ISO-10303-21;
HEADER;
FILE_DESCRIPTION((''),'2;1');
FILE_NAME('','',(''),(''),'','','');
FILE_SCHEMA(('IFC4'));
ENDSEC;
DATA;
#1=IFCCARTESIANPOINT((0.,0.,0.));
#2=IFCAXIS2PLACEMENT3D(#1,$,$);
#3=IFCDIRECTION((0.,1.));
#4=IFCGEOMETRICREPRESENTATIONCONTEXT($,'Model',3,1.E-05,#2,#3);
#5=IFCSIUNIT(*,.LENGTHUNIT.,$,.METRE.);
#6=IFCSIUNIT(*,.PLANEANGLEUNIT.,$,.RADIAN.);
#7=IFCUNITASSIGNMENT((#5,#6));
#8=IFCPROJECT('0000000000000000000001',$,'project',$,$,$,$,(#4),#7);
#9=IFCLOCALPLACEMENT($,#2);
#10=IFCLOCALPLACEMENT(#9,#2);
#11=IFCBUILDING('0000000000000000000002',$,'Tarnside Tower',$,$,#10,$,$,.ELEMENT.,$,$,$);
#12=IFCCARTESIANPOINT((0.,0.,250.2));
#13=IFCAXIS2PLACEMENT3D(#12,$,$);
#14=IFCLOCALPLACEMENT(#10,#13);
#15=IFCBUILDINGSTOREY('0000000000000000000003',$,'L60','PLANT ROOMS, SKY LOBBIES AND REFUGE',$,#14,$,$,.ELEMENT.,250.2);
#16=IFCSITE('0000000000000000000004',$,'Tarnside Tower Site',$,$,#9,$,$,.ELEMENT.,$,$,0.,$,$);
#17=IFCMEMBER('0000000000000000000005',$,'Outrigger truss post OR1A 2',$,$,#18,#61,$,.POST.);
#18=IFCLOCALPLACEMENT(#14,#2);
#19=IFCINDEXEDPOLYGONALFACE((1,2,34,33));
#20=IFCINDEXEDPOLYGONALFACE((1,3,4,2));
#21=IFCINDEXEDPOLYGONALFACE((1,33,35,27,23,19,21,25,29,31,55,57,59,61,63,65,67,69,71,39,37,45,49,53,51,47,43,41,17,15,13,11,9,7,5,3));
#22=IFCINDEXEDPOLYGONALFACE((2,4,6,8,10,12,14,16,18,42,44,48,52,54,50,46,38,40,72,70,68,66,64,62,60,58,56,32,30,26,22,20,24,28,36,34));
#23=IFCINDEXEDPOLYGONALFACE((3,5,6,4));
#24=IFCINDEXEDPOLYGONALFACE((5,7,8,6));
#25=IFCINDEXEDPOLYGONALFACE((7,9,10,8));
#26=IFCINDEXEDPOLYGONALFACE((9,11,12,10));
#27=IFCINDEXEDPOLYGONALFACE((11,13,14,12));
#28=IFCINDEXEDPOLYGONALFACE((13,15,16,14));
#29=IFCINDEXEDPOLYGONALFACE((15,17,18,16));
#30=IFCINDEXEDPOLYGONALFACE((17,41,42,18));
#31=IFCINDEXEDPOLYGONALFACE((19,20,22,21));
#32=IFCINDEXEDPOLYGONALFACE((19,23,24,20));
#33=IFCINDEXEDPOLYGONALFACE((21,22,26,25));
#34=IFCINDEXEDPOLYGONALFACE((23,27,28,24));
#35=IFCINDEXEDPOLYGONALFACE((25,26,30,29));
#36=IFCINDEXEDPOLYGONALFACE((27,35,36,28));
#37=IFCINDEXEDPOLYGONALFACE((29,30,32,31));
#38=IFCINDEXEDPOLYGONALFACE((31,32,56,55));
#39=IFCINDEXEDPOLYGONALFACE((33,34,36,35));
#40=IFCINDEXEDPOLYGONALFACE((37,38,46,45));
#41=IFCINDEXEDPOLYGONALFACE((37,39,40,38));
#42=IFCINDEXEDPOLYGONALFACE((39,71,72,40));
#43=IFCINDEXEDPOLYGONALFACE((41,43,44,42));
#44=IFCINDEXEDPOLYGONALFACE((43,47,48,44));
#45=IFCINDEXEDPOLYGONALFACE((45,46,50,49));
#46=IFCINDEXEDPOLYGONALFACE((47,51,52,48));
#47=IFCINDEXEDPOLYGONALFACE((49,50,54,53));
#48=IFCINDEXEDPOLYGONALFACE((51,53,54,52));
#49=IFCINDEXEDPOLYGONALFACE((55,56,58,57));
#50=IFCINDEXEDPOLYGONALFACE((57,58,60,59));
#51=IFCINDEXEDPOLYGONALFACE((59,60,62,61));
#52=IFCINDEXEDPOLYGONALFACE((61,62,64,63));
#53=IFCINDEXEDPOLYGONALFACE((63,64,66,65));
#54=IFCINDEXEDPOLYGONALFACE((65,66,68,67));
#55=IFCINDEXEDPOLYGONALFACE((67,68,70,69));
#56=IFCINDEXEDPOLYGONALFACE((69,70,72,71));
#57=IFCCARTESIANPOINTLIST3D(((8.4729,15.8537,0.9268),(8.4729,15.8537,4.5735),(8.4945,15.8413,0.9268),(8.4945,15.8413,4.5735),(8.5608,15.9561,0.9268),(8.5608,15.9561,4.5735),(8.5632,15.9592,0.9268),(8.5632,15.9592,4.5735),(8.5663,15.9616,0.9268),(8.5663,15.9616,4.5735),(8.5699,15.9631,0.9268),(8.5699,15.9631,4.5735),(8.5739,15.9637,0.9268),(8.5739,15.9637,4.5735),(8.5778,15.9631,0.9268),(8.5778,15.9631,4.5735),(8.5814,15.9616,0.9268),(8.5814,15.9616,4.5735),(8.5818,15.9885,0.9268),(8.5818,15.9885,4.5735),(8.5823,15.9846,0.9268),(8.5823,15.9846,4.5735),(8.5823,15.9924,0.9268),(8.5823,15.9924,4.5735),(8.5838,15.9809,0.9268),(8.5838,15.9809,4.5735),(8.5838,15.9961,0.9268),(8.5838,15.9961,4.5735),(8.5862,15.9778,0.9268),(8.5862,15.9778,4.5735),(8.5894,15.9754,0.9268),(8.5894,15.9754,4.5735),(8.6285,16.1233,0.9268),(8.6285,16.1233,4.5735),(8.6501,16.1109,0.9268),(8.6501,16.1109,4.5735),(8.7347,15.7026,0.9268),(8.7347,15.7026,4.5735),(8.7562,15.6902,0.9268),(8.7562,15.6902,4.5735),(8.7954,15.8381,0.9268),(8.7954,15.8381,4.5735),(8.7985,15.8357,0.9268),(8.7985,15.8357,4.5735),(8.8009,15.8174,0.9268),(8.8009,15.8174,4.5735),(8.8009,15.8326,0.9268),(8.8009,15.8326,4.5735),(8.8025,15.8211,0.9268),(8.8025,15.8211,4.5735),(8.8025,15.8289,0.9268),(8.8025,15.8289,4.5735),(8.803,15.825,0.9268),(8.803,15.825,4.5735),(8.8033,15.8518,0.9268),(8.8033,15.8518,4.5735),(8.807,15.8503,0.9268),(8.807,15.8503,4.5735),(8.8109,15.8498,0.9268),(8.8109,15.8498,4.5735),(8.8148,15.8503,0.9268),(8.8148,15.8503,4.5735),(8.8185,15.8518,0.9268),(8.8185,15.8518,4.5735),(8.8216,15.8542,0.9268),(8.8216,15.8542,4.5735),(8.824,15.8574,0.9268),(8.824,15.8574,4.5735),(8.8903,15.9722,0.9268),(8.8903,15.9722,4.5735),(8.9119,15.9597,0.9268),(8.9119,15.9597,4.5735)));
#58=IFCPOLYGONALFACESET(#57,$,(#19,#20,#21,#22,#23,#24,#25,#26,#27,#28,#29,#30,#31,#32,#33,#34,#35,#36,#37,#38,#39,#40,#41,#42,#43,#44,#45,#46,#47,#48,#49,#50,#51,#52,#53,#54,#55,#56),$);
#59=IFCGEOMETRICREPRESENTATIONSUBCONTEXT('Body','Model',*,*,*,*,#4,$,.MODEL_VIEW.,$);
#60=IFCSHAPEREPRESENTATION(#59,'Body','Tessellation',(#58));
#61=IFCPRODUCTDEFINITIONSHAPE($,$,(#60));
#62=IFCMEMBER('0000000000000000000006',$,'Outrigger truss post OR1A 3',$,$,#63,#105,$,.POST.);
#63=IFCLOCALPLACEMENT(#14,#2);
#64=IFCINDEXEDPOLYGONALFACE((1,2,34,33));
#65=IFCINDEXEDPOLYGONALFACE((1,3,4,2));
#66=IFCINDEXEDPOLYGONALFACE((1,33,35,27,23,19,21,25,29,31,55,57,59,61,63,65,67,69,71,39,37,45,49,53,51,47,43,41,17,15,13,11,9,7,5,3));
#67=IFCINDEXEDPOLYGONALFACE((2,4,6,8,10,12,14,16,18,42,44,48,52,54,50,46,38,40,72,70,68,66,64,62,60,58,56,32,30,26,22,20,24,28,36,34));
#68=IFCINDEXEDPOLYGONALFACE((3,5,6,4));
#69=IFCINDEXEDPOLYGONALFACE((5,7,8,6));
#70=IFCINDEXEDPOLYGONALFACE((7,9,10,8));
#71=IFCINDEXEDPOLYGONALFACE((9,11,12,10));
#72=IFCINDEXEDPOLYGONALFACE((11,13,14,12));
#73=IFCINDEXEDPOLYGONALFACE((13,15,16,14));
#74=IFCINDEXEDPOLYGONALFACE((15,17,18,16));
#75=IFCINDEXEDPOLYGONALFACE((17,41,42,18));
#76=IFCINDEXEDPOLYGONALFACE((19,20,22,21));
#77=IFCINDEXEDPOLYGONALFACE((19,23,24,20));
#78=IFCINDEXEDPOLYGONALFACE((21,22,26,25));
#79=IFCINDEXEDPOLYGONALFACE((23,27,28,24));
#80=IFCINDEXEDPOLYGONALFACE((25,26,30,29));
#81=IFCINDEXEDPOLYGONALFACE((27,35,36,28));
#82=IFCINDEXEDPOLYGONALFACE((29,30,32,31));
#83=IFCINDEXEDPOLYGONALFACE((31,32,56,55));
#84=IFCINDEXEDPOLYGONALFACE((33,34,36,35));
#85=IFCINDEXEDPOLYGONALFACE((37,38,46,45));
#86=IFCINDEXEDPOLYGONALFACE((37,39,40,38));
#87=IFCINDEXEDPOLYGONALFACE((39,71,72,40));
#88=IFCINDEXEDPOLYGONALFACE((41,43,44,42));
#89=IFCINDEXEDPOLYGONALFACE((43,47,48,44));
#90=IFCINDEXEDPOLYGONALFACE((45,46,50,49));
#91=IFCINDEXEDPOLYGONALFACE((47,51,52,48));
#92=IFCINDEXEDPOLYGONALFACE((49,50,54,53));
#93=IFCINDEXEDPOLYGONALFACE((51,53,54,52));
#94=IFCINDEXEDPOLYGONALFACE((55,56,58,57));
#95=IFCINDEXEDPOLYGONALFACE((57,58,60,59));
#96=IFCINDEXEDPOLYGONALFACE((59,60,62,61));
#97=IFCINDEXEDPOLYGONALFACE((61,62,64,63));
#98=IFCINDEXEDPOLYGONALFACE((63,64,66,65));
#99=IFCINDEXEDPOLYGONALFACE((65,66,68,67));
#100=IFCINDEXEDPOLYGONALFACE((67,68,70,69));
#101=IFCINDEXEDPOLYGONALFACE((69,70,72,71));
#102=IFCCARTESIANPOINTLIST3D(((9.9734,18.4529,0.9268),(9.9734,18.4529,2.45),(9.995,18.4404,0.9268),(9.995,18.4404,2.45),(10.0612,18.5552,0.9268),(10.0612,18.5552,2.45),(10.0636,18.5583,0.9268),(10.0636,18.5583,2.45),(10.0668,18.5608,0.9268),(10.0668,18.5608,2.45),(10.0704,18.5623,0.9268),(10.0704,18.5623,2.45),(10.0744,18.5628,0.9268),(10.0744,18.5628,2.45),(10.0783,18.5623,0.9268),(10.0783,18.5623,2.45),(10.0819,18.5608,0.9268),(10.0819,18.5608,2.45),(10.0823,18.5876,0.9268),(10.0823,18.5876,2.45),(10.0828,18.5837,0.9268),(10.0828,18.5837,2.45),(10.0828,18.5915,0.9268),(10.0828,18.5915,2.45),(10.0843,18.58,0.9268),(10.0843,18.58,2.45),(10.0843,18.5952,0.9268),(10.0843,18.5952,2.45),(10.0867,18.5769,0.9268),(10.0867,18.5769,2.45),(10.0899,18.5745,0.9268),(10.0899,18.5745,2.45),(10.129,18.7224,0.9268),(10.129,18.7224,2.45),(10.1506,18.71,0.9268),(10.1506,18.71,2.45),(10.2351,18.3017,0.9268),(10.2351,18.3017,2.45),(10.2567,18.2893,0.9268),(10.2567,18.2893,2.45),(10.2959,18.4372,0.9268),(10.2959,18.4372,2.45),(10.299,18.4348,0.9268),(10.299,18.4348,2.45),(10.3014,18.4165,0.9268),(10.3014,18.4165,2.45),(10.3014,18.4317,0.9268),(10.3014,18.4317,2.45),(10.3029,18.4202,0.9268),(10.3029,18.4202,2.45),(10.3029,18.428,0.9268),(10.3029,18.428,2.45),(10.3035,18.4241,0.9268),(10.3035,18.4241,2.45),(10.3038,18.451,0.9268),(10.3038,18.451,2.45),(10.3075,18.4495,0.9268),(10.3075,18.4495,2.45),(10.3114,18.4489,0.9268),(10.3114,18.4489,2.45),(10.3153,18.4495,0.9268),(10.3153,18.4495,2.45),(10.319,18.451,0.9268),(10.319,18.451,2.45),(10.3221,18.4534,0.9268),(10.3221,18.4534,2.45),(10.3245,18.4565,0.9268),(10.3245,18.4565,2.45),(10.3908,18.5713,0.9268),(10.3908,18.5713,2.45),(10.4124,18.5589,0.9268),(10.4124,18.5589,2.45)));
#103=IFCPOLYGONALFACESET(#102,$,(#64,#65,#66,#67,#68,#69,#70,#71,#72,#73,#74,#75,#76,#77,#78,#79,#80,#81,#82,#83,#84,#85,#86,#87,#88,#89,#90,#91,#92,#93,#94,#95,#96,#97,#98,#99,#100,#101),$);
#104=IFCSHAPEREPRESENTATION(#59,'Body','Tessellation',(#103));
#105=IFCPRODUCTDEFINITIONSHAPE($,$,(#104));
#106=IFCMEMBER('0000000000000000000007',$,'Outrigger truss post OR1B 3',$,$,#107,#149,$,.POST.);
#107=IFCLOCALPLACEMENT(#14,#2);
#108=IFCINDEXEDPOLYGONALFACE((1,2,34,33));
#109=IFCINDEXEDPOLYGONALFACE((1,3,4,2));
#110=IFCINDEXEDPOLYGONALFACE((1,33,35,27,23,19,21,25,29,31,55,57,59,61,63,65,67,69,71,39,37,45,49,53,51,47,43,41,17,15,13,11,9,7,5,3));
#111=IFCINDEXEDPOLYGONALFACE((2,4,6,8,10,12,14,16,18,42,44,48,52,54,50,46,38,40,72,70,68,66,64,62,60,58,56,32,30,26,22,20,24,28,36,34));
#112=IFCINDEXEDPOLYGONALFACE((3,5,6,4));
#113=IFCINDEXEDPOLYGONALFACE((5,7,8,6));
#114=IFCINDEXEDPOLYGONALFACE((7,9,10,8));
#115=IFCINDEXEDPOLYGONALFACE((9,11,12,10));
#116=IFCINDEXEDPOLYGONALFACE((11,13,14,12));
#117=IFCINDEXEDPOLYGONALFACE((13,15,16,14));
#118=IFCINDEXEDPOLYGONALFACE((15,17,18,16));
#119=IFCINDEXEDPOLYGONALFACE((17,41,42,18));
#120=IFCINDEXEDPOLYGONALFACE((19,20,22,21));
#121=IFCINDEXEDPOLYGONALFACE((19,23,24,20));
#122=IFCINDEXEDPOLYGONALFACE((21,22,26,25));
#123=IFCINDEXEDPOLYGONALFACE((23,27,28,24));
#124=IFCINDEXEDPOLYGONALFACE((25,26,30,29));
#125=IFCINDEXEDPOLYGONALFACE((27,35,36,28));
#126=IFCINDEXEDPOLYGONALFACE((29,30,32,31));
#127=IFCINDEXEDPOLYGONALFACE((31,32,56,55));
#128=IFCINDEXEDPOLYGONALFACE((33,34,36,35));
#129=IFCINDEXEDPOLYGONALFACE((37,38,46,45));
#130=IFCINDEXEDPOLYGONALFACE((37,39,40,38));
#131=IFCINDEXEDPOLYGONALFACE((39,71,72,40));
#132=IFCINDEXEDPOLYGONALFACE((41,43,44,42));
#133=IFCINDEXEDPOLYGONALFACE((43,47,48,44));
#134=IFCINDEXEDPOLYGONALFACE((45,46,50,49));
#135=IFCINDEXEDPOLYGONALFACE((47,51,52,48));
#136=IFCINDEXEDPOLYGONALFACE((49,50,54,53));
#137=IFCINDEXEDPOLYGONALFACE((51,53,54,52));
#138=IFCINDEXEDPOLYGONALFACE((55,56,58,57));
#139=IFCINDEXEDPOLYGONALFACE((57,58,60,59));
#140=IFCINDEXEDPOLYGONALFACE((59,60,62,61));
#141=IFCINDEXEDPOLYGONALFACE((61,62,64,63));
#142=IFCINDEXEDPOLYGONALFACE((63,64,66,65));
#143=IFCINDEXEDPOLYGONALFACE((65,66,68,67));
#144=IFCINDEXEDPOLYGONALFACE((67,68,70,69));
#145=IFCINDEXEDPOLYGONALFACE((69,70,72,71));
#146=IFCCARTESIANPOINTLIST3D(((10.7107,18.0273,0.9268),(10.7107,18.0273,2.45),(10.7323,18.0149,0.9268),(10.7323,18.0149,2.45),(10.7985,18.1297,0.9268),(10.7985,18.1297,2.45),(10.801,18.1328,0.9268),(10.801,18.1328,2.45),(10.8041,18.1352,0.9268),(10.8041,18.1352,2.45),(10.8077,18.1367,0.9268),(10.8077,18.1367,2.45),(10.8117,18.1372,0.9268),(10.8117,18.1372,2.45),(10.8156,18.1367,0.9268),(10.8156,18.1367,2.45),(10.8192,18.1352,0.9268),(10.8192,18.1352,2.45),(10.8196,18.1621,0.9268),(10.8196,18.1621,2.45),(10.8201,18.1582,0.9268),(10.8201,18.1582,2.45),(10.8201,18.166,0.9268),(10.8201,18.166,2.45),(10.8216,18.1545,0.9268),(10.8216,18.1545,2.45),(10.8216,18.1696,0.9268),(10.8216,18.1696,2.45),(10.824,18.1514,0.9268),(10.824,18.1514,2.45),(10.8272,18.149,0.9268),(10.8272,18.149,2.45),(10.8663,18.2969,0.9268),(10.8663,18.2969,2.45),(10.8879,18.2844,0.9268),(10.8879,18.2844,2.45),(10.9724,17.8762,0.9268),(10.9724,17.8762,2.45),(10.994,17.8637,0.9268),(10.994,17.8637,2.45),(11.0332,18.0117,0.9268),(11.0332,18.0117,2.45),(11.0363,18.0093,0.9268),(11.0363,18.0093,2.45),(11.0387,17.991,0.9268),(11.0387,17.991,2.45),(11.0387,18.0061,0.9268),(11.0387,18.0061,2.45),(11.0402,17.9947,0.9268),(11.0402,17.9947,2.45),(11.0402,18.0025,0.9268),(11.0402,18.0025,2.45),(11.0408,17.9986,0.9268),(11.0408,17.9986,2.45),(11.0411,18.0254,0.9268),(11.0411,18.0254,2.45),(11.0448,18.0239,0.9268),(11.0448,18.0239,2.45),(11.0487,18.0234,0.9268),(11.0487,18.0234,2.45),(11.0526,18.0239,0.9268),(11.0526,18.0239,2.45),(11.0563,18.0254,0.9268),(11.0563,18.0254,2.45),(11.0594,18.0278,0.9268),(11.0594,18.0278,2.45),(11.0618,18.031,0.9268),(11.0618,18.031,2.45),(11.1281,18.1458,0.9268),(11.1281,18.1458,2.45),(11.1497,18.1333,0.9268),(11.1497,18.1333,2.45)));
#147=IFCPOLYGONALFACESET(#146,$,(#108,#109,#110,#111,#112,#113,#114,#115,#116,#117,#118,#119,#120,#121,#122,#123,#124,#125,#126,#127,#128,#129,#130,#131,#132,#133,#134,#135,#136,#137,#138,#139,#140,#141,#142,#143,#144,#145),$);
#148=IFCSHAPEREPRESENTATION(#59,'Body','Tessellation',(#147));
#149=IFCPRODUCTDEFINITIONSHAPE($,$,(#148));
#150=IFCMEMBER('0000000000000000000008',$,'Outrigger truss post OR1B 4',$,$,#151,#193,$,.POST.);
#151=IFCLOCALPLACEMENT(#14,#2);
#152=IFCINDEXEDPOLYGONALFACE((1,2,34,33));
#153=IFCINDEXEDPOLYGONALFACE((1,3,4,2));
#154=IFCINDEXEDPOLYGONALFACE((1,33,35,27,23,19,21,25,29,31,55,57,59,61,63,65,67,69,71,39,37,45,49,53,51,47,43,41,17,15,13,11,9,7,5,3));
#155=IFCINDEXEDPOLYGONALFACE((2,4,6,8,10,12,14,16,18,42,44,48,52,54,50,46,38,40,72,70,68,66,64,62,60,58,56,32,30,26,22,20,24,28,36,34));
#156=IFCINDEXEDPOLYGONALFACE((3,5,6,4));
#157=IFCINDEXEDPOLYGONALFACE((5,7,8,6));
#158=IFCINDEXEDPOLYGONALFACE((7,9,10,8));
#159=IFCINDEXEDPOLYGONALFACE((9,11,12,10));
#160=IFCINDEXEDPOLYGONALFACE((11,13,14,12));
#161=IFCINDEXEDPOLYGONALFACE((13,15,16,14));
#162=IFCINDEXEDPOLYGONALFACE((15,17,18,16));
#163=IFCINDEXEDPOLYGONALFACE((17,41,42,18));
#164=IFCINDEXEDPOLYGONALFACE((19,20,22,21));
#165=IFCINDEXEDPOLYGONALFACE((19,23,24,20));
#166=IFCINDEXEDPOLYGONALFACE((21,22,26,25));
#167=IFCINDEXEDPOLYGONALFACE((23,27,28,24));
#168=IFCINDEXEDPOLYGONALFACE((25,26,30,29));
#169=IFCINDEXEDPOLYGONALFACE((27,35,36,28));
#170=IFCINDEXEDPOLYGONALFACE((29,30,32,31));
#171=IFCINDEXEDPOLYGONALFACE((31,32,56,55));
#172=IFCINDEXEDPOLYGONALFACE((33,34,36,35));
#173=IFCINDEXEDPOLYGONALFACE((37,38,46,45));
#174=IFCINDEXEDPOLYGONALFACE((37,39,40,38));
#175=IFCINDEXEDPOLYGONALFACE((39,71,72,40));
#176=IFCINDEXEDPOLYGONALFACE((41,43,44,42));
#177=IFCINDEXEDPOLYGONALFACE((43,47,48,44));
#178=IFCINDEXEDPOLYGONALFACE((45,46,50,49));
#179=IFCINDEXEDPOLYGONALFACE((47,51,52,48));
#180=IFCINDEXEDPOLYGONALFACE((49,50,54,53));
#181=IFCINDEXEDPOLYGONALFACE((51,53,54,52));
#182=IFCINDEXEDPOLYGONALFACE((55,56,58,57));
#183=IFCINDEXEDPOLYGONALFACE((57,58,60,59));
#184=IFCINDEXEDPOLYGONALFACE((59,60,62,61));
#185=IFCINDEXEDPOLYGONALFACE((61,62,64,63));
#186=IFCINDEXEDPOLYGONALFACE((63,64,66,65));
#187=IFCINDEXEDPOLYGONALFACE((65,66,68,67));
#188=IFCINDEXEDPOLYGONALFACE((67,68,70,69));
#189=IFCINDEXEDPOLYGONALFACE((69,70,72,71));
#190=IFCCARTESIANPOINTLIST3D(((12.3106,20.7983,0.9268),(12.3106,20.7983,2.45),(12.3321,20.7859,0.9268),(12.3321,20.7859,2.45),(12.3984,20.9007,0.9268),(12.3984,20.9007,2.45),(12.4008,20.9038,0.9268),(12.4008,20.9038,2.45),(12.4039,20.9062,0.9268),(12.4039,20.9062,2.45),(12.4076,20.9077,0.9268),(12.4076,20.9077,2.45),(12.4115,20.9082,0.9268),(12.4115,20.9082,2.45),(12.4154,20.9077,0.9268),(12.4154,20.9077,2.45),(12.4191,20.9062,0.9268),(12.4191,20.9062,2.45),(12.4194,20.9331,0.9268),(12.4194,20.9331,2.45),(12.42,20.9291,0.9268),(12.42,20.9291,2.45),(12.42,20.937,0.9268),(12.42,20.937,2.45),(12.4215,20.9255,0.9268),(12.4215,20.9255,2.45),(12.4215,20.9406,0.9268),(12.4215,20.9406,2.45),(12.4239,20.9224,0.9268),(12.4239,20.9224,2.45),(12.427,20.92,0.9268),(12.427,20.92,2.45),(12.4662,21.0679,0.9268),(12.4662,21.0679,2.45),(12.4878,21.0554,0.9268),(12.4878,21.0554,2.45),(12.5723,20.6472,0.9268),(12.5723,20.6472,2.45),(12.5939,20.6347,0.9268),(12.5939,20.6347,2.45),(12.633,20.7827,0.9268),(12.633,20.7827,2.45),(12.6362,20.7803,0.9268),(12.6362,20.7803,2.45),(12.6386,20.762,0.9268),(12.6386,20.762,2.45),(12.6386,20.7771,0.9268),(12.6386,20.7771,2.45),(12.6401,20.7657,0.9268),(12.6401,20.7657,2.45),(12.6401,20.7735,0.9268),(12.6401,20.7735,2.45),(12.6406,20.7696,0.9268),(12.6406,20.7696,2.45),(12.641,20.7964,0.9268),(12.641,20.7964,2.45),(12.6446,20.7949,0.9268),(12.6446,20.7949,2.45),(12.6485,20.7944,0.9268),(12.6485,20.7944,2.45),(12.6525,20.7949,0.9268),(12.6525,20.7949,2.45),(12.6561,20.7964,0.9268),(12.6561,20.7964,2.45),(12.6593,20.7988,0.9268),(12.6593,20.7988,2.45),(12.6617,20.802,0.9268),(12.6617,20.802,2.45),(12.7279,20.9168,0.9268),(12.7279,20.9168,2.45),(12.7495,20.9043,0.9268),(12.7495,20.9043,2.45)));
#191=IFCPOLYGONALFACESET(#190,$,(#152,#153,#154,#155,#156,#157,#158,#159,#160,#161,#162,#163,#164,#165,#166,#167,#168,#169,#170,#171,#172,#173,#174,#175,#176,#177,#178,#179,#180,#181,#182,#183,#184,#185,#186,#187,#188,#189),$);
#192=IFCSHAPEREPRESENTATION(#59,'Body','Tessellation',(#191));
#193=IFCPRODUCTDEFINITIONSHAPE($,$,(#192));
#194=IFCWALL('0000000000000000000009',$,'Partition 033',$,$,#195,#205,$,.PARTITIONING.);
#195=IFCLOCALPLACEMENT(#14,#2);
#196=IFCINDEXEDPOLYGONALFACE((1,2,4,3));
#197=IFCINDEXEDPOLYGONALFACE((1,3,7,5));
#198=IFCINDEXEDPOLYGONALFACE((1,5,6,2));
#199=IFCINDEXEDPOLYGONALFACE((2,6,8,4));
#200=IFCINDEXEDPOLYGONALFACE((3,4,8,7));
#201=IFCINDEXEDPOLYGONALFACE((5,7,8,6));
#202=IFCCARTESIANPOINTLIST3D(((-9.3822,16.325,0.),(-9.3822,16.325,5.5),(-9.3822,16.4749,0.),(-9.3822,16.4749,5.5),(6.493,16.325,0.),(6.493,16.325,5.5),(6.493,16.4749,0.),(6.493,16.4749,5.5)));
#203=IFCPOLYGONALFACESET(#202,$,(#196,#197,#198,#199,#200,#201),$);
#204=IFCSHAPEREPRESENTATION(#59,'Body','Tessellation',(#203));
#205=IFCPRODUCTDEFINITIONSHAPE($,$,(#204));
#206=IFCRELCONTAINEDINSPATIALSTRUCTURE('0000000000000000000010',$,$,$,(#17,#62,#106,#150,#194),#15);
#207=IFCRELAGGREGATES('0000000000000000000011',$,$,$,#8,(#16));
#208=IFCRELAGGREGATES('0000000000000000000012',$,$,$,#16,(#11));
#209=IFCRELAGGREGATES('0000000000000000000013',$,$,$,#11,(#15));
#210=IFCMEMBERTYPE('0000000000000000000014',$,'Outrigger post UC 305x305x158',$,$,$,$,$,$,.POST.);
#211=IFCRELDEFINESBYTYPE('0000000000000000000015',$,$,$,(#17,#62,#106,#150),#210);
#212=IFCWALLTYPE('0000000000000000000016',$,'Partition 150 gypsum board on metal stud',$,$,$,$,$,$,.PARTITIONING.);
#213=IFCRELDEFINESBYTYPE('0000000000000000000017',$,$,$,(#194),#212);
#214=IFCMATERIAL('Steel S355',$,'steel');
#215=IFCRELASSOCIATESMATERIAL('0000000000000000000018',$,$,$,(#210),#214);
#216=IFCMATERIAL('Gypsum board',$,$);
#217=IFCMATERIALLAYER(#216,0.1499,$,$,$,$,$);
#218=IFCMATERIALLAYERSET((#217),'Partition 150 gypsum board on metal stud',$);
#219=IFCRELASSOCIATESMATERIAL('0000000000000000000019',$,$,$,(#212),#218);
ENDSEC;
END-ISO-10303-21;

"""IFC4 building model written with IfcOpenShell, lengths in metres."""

from ifc_helpers import new_model, si_unit, direction, frame, frame_2d, origin, origin_2d, place, context, subcontext, project, spatial, rectangle, i_section, extrude, material, layer, layer_set, material_profile, profile_set, type_object, element, save


model = new_model("IFC4")

# Units and contexts
model_context = context("Model", 3, precision=1e-05, world=origin(), true_north=direction((0.0, 1.0)))
body_context = subcontext(model_context, "Body", "Model", "MODEL_VIEW")
ifc_project = project(units=[si_unit("LENGTHUNIT", "METRE"), si_unit("PLANEANGLEUNIT", "RADIAN")], contexts=[model_context])

# Site, building, storey
site_placement = place(None, origin())
site = spatial("IfcSite", under=ifc_project, at=site_placement, Name="Tarnside Tower Site", CompositionType="ELEMENT", RefElevation=0.0)
building_placement = place(site_placement, origin())
building = spatial("IfcBuilding", under=site, at=building_placement, Name="Tarnside Tower", CompositionType="ELEMENT")
storey_placement = place(building_placement, frame((0.0, 0.0, 250.2)))
storey = spatial("IfcBuildingStorey", under=building, at=storey_placement, Name="L60", Description="PLANT ROOMS, SKY LOBBIES AND REFUGE", CompositionType="ELEMENT", Elevation=250.2)

# Members
ifc_material_1 = material(Name="Steel S355", Category="steel")
ifc_material_profile_1 = material_profile(ifc_material_1, i_section(OverallWidth=0.3113, OverallDepth=0.3271, WebThickness=0.0159, FlangeThickness=0.0249, FilletRadius=0.0151, at=origin_2d()), Name="UC 305x305x158")
ifc_profile_set_1 = profile_set([ifc_material_profile_1], Name="Steel S355")
member_type_1 = type_object("IfcMemberType", Name="Outrigger post UC 305x305x158", PredefinedType="POST", material=ifc_profile_set_1)
member_1_placement = place(storey_placement, frame((8.6924, 15.9067, 0.9268), z_axis=(0.0, 0.0, 1.0), x_axis=(0.5, 0.866025, 0.0)))
element("IfcMember", 1, at=member_1_placement, inside=storey, type_object=member_type_1, Name="Outrigger truss post OR1A 2", PredefinedType="POST", context=body_context, shape_type="SweptSolid", body=[
    extrude(i_section(OverallWidth=0.3113, OverallDepth=0.3271, WebThickness=0.0159, FlangeThickness=0.0249, FilletRadius=0.0151, at=origin_2d()), origin(), (0.0, 0.0, 1.0), 3.6467),
])
for number, where, z_axis, x_axis, name in (
    (2, (10.1929, 18.5059, 0.9268), (0.0, 0.0, 1.0), (0.5, 0.866025, 0.0), "Outrigger truss post OR1A 3"),
    (3, (10.9302, 18.0803, 0.9268), (0.0, 0.0, 1.0), (0.5, 0.866025, 0.0), "Outrigger truss post OR1B 3"),
    (4, (12.53, 20.8513, 0.9268), (0.0, 0.0, 1.0), (0.5, 0.866025, 0.0), "Outrigger truss post OR1B 4"),
):
    element("IfcMember", number, at=place(storey_placement, frame(where, z_axis=z_axis, x_axis=x_axis)), inside=storey, type_object=member_type_1, Name=name, PredefinedType="POST", context=body_context, shape_type="SweptSolid", body=[
        extrude(i_section(OverallWidth=0.3113, OverallDepth=0.3271, WebThickness=0.0159, FlangeThickness=0.0249, FilletRadius=0.0151, at=origin_2d()), origin(), (0.0, 0.0, 1.0), 1.5232),
    ])

# Wall
ifc_material_2 = material(Name="Gypsum board")
ifc_layer = layer(ifc_material_2, 0.1499)
ifc_layer_set = layer_set([ifc_layer], Name="Partition 150 gypsum board on metal stud")
wall_type = type_object("IfcWallType", Name="Partition 150 gypsum board on metal stud", PredefinedType="PARTITIONING", material=ifc_layer_set)
wall_placement = place(storey_placement, frame((6.4929, 16.3999, 0.0), z_axis=(0.0, 0.0, 1.0), x_axis=(-1.0, 0.0, 0.0)))
element("IfcWall", 5, at=wall_placement, inside=storey, type_object=wall_type, Name="Partition 033", PredefinedType="PARTITIONING", context=body_context, shape_type="SweptSolid", body=[
    extrude(rectangle(XDim=15.8752, YDim=0.1499, at=frame_2d((7.9375, 0.0))), origin(), (0.0, 0.0, 1.0), 5.5),
])

save(model, "model.ifc")
